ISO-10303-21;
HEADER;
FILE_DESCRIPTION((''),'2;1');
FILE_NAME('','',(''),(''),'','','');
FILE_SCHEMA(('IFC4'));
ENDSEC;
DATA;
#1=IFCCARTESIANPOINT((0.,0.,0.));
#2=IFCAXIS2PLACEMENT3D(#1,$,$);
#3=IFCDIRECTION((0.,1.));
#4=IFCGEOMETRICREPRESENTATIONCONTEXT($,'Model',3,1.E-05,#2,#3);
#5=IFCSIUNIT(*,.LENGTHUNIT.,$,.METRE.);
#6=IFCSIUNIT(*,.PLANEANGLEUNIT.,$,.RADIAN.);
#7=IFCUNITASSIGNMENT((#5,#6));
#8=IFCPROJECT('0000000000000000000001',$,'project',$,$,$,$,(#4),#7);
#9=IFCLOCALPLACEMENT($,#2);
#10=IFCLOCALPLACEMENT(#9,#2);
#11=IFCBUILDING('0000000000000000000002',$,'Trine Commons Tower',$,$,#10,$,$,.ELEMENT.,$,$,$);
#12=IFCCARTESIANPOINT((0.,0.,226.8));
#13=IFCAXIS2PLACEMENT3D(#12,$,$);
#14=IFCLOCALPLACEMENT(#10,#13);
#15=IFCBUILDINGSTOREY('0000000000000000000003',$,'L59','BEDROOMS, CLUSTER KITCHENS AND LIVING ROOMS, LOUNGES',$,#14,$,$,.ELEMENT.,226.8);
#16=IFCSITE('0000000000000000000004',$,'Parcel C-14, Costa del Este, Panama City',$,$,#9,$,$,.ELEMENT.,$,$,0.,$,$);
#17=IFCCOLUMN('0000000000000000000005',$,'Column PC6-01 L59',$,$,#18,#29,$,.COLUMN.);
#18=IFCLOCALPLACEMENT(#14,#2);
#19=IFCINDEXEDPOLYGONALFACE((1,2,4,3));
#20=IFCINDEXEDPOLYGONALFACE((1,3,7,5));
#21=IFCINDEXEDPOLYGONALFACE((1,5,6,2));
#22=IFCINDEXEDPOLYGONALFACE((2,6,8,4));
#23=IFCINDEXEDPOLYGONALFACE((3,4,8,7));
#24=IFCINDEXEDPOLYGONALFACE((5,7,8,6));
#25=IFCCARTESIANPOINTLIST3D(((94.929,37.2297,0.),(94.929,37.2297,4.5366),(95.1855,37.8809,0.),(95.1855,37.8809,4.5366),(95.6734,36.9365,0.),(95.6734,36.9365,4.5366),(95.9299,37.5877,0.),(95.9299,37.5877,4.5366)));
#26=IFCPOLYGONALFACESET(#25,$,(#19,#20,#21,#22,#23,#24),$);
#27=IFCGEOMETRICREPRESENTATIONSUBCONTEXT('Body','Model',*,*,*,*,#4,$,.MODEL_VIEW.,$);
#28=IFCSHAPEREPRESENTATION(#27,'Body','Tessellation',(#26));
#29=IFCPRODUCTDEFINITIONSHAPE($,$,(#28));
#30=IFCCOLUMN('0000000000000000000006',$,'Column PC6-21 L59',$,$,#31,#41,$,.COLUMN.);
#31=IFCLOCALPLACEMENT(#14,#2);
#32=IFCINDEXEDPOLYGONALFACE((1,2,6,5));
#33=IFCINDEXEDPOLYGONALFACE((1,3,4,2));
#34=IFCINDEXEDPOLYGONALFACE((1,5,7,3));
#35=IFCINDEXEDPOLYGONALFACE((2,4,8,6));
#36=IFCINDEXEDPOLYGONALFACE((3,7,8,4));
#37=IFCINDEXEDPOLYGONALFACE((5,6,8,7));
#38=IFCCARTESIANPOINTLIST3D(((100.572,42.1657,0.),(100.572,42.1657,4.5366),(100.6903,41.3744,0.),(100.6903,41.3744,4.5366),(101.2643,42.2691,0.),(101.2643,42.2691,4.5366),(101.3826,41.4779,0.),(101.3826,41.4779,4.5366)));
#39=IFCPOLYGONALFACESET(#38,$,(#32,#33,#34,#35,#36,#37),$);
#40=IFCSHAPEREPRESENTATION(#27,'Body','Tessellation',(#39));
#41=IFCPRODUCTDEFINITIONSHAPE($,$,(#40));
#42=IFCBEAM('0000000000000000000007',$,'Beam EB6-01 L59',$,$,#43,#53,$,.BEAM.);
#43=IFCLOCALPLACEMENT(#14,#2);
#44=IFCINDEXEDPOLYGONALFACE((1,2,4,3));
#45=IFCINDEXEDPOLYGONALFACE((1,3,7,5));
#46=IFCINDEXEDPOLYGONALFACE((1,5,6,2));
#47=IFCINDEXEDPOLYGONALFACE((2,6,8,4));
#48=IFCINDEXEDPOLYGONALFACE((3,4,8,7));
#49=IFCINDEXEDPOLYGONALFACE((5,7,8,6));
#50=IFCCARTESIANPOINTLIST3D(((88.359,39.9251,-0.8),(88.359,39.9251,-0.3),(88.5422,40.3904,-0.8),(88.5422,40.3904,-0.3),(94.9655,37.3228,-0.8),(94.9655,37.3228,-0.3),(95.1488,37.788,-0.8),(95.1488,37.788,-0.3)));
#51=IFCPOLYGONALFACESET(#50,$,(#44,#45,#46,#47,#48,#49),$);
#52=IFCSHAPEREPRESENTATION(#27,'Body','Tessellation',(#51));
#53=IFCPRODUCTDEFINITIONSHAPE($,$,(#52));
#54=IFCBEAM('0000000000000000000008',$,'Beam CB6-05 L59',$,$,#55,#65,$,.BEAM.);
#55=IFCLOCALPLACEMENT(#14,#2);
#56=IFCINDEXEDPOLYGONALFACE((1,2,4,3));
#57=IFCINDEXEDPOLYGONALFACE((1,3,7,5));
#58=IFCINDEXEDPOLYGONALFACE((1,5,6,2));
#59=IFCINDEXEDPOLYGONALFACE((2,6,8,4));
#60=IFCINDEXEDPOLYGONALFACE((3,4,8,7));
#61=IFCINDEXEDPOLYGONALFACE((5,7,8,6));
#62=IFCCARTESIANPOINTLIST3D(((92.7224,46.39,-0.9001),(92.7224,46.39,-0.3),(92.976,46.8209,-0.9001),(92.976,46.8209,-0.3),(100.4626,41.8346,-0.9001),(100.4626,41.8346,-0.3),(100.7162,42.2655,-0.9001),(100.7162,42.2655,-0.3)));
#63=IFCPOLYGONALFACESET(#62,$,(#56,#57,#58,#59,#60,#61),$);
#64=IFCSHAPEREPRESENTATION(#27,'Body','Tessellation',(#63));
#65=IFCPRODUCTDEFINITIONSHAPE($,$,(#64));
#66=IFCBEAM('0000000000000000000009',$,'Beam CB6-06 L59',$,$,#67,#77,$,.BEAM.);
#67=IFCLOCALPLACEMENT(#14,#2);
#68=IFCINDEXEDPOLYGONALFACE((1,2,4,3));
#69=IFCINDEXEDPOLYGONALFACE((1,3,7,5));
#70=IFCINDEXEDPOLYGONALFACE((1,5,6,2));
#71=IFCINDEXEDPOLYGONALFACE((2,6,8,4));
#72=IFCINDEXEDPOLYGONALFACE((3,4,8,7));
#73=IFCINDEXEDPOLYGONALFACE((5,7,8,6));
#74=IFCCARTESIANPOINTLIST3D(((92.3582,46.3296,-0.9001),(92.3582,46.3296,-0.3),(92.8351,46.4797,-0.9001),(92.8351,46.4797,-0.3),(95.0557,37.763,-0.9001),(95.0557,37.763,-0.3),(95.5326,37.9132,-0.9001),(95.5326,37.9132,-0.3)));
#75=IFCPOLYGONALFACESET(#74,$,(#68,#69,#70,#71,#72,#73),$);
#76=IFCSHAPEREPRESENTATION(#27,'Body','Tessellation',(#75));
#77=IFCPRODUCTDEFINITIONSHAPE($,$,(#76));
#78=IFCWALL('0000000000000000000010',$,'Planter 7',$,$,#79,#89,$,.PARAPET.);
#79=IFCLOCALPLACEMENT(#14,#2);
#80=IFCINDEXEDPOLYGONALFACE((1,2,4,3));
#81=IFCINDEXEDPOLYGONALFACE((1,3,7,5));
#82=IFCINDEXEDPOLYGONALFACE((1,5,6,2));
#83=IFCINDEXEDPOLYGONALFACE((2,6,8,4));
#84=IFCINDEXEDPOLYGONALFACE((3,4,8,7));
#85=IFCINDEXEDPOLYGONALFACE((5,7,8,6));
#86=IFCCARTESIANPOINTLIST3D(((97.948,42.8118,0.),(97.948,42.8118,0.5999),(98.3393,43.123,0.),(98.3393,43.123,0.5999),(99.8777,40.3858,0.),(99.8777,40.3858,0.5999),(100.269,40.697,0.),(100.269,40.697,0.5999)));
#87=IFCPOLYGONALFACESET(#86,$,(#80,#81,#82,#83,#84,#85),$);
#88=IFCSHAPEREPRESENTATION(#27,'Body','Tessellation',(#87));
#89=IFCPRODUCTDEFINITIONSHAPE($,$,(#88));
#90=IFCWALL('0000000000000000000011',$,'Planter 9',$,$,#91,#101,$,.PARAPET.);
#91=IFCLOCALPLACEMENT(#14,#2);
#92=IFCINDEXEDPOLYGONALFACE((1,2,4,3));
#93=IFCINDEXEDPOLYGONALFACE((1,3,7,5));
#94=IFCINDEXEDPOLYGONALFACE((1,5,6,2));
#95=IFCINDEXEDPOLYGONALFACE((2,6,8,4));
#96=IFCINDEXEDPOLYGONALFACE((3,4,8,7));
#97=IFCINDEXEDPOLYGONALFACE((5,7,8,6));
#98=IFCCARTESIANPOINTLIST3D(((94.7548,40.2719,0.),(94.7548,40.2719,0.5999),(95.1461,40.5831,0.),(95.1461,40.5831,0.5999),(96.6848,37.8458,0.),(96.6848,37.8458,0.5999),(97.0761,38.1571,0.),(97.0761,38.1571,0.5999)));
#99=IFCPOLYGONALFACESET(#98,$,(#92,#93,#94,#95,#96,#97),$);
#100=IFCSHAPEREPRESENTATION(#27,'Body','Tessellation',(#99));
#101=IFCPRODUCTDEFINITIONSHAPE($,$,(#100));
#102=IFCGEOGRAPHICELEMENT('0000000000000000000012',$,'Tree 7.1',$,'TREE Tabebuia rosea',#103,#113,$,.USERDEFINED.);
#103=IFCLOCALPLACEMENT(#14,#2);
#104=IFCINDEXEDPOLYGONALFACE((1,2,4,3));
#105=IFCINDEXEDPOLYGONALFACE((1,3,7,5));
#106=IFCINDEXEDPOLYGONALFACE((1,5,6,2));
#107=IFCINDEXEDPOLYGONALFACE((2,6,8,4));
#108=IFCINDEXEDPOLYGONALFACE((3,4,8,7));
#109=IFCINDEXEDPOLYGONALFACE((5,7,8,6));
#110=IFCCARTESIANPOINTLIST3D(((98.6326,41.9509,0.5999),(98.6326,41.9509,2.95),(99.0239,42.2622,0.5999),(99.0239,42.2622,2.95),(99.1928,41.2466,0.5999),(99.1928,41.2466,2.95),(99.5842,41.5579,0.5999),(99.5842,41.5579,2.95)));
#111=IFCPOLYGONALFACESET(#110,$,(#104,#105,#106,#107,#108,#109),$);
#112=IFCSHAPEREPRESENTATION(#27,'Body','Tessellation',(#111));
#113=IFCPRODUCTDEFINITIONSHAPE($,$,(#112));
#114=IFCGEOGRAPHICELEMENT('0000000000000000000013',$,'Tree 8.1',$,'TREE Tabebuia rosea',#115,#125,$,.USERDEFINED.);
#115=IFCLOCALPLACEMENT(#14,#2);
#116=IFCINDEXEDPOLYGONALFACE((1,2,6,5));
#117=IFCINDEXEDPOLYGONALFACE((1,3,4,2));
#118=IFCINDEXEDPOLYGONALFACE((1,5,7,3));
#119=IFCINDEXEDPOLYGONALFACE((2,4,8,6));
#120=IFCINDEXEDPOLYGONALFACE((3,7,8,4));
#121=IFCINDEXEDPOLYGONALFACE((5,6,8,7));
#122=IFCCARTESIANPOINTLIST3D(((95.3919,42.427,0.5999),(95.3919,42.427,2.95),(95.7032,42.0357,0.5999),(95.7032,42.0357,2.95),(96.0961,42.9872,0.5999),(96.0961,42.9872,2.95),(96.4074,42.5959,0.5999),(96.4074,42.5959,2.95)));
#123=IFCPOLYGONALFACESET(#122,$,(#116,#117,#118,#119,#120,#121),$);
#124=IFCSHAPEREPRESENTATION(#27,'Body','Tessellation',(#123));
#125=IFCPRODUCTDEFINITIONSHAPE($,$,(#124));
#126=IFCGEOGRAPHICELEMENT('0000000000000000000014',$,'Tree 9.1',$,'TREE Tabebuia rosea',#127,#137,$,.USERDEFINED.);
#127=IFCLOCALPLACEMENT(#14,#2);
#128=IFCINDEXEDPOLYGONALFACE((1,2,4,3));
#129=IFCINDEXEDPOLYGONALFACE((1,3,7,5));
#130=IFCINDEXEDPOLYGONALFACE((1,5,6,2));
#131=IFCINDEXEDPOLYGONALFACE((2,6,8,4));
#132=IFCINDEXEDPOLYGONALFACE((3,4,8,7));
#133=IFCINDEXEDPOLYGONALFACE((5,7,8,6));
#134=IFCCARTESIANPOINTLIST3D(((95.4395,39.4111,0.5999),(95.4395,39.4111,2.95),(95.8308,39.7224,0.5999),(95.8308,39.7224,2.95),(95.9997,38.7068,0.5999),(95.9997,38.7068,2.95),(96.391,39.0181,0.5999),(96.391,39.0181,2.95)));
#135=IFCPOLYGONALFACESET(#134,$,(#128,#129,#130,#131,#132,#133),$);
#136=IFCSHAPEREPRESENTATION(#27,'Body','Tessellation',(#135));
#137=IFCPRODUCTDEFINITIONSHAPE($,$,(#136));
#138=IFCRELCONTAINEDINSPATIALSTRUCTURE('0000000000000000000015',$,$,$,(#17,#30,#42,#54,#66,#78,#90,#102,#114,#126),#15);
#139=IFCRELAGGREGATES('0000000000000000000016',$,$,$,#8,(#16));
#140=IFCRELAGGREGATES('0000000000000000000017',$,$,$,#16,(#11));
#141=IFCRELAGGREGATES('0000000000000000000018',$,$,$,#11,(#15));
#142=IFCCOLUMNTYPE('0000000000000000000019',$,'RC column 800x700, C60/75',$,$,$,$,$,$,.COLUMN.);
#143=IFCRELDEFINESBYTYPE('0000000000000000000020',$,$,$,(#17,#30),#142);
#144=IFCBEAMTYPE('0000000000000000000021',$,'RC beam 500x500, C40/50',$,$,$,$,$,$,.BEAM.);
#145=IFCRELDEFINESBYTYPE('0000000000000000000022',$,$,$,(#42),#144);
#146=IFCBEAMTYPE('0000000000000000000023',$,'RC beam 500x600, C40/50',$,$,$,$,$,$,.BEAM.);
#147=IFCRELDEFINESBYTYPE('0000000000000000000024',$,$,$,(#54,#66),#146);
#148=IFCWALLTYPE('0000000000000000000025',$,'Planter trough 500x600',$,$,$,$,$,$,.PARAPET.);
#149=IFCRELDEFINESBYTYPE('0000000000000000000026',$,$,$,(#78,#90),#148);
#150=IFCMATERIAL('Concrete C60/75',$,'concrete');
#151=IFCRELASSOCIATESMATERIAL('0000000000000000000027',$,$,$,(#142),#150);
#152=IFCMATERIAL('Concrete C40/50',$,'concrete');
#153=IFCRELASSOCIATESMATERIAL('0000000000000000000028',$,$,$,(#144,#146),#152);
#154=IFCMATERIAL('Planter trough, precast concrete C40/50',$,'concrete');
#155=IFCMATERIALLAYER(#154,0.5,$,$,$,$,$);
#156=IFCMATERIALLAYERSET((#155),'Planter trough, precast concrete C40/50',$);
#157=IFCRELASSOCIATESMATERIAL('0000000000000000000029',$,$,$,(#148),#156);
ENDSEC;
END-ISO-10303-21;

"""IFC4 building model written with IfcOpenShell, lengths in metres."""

from ifc_helpers import new_model, si_unit, direction, frame, frame_2d, origin, origin_2d, place, context, subcontext, project, spatial, rectangle, extrude, material, layer, layer_set, material_profile, profile_set, type_object, element, save


model = new_model("IFC4")

# Units and contexts
model_context = context("Model", 3, precision=1e-05, world=origin(), true_north=direction((0.0, 1.0)))
body_context = subcontext(model_context, "Body", "Model", "MODEL_VIEW")
ifc_project = project(units=[si_unit("LENGTHUNIT", "METRE"), si_unit("PLANEANGLEUNIT", "RADIAN")], contexts=[model_context])

# Site, building, storey
site_placement = place(None, origin())
site = spatial("IfcSite", under=ifc_project, at=site_placement, Name="Parcel C-14, Costa del Este, Panama City", CompositionType="ELEMENT", RefElevation=0.0)
building_placement = place(site_placement, origin())
building = spatial("IfcBuilding", under=site, at=building_placement, Name="Trine Commons Tower", CompositionType="ELEMENT")
storey_placement = place(building_placement, frame((0.0, 0.0, 226.8)))
storey = spatial("IfcBuildingStorey", under=building, at=storey_placement, Name="L59", Description="BEDROOMS, CLUSTER KITCHENS AND LIVING ROOMS, LOUNGES", CompositionType="ELEMENT", Elevation=226.8)

# Columns
ifc_material_1 = material(Name="Concrete C60/75", Category="concrete")
ifc_material_profile_1 = material_profile(ifc_material_1, rectangle(XDim=0.8, YDim=0.7, at=origin_2d()), Name="RC 800x700")
ifc_profile_set_1 = profile_set([ifc_material_profile_1], Name="Concrete C60/75")
column_type = type_object("IfcColumnType", Name="RC column 800x700, C60/75", PredefinedType="COLUMN", material=ifc_profile_set_1)
for number, where, z_axis, x_axis, name in (
    (1, (95.4294, 37.4087, 0.0), (0.0, 0.0, 1.0), (-0.930418, 0.366501, 0.0), "Column PC6-01 L59"),
    (2, (100.9773, 41.8218, 0.0), (0.0, 0.0, 1.0), (-0.147809, 0.989016, 0.0), "Column PC6-21 L59"),
):
    element("IfcColumn", number, at=place(storey_placement, frame(where, z_axis=z_axis, x_axis=x_axis)), inside=storey, type_object=column_type, Name=name, PredefinedType="COLUMN", context=body_context, shape_type="SweptSolid", body=[
        extrude(rectangle(XDim=0.8, YDim=0.7, at=origin_2d()), origin(), (0.0, 0.0, 1.0), 4.5366),
    ])

# Beams
ifc_material_2 = material(Name="Concrete C40/50", Category="concrete")
ifc_material_profile_2 = material_profile(ifc_material_2, rectangle(XDim=0.5, YDim=0.5, at=origin_2d()), Name="RC 500x500")
ifc_profile_set_2 = profile_set([ifc_material_profile_2], Name="Concrete C40/50")
beam_type_1 = type_object("IfcBeamType", Name="RC beam 500x500, C40/50", PredefinedType="BEAM", material=ifc_profile_set_2)
beam_placement = place(storey_placement, frame((95.0571, 37.5554, -0.55), z_axis=(-0.93042, 0.366495, 0.0), x_axis=(-0.366495, -0.93042, 0.0)))
element("IfcBeam", 3, at=beam_placement, inside=storey, type_object=beam_type_1, Name="Beam EB6-01 L59", PredefinedType="BEAM", context=body_context, shape_type="SweptSolid", body=[
    extrude(rectangle(XDim=0.5, YDim=0.5, at=origin_2d()), origin(), (0.0, 0.0, 1.0), 7.1006),
])
ifc_material_profile_3 = material_profile(ifc_material_2, rectangle(XDim=0.5, YDim=0.6001, at=origin_2d()), Name="RC 500x600")
ifc_profile_set_3 = profile_set([ifc_material_profile_3], Name="Concrete C40/50")
beam_type_2 = type_object("IfcBeamType", Name="RC beam 500x600, C40/50", PredefinedType="BEAM", material=ifc_profile_set_3)
for number, where, z_axis, x_axis, name in (
    (4, (100.5894, 42.05, -0.6001), (-0.86182, 0.507214, 0.0), (-0.507214, -0.86182, 0.0), "Beam CB6-05 L59"),
    (5, (95.2942, 37.8381, -0.6001), (-0.300355, 0.953828, 0.0), (-0.953828, -0.300355, 0.0), "Beam CB6-06 L59"),
):
    element("IfcBeam", number, at=place(storey_placement, frame(where, z_axis=z_axis, x_axis=x_axis)), inside=storey, type_object=beam_type_2, Name=name, PredefinedType="BEAM", context=body_context, shape_type="SweptSolid", body=[
        extrude(rectangle(XDim=0.5, YDim=0.6001, at=origin_2d()), origin(), (0.0, 0.0, 1.0), 8.9812),
    ])

# Walls
ifc_material_3 = material(Name="Planter trough, precast concrete C40/50", Category="concrete")
ifc_layer_1 = layer(ifc_material_3, 0.5)
ifc_layer_set_1 = layer_set([ifc_layer_1], Name="Planter trough, precast concrete C40/50")
wall_type_1 = type_object("IfcWallType", Name="Planter trough 500x600", PredefinedType="PARAPET", material=ifc_layer_set_1)
wall_1_placement = place(storey_placement, frame((100.0732, 40.5415, 0.0), z_axis=(0.0, 0.0, 1.0), x_axis=(-0.622503, 0.782618, 0.0)))
element("IfcWall", 6, at=wall_1_placement, inside=storey, type_object=wall_type_1, Name="Planter 7", PredefinedType="PARAPET", context=body_context, shape_type="SweptSolid", body=[
    extrude(rectangle(XDim=3.0999, YDim=0.5, at=frame_2d((1.5498, 0.0))), origin(), (0.0, 0.0, 1.0), 0.5999),
])
wall_2_placement = place(storey_placement, frame((94.9504, 40.4275, 0.0), z_axis=(0.0, 0.0, 1.0), x_axis=(0.622551, -0.782579, 0.0)))
element("IfcWall", 7, at=wall_2_placement, inside=storey, type_object=wall_type_1, Name="Planter 9", PredefinedType="PARAPET", context=body_context, shape_type="SweptSolid", body=[
    extrude(rectangle(XDim=3.1001, YDim=0.5, at=frame_2d((1.55, 0.0))), origin(), (0.0, 0.0, 1.0), 0.5999),
])

# Geographic elements
for number, where, z_axis, x_axis, name in (
    (8, (99.1084, 41.7544, 0.5999), (0.0, 0.0, 1.0), (-0.622516, 0.782607, 0.0), "Tree 7.1"),
    (9, (95.8997, 42.5115, 0.5999), (0.0, 0.0, 1.0), (-0.782586, -0.622542, 0.0), "Tree 8.1"),
    (10, (95.9153, 39.2146, 0.5999), (0.0, 0.0, 1.0), (0.622516, -0.782607, 0.0), "Tree 9.1"),
):
    element("IfcGeographicElement", number, at=place(storey_placement, frame(where, z_axis=z_axis, x_axis=x_axis)), inside=storey, Name=name, ObjectType="TREE Tabebuia rosea", PredefinedType="USERDEFINED", context=body_context, shape_type="SweptSolid", body=[
        extrude(rectangle(XDim=0.8999, YDim=0.5, at=origin_2d()), origin(), (0.0, 0.0, 1.0), 2.3501),
    ])

save(model, "model.ifc")
